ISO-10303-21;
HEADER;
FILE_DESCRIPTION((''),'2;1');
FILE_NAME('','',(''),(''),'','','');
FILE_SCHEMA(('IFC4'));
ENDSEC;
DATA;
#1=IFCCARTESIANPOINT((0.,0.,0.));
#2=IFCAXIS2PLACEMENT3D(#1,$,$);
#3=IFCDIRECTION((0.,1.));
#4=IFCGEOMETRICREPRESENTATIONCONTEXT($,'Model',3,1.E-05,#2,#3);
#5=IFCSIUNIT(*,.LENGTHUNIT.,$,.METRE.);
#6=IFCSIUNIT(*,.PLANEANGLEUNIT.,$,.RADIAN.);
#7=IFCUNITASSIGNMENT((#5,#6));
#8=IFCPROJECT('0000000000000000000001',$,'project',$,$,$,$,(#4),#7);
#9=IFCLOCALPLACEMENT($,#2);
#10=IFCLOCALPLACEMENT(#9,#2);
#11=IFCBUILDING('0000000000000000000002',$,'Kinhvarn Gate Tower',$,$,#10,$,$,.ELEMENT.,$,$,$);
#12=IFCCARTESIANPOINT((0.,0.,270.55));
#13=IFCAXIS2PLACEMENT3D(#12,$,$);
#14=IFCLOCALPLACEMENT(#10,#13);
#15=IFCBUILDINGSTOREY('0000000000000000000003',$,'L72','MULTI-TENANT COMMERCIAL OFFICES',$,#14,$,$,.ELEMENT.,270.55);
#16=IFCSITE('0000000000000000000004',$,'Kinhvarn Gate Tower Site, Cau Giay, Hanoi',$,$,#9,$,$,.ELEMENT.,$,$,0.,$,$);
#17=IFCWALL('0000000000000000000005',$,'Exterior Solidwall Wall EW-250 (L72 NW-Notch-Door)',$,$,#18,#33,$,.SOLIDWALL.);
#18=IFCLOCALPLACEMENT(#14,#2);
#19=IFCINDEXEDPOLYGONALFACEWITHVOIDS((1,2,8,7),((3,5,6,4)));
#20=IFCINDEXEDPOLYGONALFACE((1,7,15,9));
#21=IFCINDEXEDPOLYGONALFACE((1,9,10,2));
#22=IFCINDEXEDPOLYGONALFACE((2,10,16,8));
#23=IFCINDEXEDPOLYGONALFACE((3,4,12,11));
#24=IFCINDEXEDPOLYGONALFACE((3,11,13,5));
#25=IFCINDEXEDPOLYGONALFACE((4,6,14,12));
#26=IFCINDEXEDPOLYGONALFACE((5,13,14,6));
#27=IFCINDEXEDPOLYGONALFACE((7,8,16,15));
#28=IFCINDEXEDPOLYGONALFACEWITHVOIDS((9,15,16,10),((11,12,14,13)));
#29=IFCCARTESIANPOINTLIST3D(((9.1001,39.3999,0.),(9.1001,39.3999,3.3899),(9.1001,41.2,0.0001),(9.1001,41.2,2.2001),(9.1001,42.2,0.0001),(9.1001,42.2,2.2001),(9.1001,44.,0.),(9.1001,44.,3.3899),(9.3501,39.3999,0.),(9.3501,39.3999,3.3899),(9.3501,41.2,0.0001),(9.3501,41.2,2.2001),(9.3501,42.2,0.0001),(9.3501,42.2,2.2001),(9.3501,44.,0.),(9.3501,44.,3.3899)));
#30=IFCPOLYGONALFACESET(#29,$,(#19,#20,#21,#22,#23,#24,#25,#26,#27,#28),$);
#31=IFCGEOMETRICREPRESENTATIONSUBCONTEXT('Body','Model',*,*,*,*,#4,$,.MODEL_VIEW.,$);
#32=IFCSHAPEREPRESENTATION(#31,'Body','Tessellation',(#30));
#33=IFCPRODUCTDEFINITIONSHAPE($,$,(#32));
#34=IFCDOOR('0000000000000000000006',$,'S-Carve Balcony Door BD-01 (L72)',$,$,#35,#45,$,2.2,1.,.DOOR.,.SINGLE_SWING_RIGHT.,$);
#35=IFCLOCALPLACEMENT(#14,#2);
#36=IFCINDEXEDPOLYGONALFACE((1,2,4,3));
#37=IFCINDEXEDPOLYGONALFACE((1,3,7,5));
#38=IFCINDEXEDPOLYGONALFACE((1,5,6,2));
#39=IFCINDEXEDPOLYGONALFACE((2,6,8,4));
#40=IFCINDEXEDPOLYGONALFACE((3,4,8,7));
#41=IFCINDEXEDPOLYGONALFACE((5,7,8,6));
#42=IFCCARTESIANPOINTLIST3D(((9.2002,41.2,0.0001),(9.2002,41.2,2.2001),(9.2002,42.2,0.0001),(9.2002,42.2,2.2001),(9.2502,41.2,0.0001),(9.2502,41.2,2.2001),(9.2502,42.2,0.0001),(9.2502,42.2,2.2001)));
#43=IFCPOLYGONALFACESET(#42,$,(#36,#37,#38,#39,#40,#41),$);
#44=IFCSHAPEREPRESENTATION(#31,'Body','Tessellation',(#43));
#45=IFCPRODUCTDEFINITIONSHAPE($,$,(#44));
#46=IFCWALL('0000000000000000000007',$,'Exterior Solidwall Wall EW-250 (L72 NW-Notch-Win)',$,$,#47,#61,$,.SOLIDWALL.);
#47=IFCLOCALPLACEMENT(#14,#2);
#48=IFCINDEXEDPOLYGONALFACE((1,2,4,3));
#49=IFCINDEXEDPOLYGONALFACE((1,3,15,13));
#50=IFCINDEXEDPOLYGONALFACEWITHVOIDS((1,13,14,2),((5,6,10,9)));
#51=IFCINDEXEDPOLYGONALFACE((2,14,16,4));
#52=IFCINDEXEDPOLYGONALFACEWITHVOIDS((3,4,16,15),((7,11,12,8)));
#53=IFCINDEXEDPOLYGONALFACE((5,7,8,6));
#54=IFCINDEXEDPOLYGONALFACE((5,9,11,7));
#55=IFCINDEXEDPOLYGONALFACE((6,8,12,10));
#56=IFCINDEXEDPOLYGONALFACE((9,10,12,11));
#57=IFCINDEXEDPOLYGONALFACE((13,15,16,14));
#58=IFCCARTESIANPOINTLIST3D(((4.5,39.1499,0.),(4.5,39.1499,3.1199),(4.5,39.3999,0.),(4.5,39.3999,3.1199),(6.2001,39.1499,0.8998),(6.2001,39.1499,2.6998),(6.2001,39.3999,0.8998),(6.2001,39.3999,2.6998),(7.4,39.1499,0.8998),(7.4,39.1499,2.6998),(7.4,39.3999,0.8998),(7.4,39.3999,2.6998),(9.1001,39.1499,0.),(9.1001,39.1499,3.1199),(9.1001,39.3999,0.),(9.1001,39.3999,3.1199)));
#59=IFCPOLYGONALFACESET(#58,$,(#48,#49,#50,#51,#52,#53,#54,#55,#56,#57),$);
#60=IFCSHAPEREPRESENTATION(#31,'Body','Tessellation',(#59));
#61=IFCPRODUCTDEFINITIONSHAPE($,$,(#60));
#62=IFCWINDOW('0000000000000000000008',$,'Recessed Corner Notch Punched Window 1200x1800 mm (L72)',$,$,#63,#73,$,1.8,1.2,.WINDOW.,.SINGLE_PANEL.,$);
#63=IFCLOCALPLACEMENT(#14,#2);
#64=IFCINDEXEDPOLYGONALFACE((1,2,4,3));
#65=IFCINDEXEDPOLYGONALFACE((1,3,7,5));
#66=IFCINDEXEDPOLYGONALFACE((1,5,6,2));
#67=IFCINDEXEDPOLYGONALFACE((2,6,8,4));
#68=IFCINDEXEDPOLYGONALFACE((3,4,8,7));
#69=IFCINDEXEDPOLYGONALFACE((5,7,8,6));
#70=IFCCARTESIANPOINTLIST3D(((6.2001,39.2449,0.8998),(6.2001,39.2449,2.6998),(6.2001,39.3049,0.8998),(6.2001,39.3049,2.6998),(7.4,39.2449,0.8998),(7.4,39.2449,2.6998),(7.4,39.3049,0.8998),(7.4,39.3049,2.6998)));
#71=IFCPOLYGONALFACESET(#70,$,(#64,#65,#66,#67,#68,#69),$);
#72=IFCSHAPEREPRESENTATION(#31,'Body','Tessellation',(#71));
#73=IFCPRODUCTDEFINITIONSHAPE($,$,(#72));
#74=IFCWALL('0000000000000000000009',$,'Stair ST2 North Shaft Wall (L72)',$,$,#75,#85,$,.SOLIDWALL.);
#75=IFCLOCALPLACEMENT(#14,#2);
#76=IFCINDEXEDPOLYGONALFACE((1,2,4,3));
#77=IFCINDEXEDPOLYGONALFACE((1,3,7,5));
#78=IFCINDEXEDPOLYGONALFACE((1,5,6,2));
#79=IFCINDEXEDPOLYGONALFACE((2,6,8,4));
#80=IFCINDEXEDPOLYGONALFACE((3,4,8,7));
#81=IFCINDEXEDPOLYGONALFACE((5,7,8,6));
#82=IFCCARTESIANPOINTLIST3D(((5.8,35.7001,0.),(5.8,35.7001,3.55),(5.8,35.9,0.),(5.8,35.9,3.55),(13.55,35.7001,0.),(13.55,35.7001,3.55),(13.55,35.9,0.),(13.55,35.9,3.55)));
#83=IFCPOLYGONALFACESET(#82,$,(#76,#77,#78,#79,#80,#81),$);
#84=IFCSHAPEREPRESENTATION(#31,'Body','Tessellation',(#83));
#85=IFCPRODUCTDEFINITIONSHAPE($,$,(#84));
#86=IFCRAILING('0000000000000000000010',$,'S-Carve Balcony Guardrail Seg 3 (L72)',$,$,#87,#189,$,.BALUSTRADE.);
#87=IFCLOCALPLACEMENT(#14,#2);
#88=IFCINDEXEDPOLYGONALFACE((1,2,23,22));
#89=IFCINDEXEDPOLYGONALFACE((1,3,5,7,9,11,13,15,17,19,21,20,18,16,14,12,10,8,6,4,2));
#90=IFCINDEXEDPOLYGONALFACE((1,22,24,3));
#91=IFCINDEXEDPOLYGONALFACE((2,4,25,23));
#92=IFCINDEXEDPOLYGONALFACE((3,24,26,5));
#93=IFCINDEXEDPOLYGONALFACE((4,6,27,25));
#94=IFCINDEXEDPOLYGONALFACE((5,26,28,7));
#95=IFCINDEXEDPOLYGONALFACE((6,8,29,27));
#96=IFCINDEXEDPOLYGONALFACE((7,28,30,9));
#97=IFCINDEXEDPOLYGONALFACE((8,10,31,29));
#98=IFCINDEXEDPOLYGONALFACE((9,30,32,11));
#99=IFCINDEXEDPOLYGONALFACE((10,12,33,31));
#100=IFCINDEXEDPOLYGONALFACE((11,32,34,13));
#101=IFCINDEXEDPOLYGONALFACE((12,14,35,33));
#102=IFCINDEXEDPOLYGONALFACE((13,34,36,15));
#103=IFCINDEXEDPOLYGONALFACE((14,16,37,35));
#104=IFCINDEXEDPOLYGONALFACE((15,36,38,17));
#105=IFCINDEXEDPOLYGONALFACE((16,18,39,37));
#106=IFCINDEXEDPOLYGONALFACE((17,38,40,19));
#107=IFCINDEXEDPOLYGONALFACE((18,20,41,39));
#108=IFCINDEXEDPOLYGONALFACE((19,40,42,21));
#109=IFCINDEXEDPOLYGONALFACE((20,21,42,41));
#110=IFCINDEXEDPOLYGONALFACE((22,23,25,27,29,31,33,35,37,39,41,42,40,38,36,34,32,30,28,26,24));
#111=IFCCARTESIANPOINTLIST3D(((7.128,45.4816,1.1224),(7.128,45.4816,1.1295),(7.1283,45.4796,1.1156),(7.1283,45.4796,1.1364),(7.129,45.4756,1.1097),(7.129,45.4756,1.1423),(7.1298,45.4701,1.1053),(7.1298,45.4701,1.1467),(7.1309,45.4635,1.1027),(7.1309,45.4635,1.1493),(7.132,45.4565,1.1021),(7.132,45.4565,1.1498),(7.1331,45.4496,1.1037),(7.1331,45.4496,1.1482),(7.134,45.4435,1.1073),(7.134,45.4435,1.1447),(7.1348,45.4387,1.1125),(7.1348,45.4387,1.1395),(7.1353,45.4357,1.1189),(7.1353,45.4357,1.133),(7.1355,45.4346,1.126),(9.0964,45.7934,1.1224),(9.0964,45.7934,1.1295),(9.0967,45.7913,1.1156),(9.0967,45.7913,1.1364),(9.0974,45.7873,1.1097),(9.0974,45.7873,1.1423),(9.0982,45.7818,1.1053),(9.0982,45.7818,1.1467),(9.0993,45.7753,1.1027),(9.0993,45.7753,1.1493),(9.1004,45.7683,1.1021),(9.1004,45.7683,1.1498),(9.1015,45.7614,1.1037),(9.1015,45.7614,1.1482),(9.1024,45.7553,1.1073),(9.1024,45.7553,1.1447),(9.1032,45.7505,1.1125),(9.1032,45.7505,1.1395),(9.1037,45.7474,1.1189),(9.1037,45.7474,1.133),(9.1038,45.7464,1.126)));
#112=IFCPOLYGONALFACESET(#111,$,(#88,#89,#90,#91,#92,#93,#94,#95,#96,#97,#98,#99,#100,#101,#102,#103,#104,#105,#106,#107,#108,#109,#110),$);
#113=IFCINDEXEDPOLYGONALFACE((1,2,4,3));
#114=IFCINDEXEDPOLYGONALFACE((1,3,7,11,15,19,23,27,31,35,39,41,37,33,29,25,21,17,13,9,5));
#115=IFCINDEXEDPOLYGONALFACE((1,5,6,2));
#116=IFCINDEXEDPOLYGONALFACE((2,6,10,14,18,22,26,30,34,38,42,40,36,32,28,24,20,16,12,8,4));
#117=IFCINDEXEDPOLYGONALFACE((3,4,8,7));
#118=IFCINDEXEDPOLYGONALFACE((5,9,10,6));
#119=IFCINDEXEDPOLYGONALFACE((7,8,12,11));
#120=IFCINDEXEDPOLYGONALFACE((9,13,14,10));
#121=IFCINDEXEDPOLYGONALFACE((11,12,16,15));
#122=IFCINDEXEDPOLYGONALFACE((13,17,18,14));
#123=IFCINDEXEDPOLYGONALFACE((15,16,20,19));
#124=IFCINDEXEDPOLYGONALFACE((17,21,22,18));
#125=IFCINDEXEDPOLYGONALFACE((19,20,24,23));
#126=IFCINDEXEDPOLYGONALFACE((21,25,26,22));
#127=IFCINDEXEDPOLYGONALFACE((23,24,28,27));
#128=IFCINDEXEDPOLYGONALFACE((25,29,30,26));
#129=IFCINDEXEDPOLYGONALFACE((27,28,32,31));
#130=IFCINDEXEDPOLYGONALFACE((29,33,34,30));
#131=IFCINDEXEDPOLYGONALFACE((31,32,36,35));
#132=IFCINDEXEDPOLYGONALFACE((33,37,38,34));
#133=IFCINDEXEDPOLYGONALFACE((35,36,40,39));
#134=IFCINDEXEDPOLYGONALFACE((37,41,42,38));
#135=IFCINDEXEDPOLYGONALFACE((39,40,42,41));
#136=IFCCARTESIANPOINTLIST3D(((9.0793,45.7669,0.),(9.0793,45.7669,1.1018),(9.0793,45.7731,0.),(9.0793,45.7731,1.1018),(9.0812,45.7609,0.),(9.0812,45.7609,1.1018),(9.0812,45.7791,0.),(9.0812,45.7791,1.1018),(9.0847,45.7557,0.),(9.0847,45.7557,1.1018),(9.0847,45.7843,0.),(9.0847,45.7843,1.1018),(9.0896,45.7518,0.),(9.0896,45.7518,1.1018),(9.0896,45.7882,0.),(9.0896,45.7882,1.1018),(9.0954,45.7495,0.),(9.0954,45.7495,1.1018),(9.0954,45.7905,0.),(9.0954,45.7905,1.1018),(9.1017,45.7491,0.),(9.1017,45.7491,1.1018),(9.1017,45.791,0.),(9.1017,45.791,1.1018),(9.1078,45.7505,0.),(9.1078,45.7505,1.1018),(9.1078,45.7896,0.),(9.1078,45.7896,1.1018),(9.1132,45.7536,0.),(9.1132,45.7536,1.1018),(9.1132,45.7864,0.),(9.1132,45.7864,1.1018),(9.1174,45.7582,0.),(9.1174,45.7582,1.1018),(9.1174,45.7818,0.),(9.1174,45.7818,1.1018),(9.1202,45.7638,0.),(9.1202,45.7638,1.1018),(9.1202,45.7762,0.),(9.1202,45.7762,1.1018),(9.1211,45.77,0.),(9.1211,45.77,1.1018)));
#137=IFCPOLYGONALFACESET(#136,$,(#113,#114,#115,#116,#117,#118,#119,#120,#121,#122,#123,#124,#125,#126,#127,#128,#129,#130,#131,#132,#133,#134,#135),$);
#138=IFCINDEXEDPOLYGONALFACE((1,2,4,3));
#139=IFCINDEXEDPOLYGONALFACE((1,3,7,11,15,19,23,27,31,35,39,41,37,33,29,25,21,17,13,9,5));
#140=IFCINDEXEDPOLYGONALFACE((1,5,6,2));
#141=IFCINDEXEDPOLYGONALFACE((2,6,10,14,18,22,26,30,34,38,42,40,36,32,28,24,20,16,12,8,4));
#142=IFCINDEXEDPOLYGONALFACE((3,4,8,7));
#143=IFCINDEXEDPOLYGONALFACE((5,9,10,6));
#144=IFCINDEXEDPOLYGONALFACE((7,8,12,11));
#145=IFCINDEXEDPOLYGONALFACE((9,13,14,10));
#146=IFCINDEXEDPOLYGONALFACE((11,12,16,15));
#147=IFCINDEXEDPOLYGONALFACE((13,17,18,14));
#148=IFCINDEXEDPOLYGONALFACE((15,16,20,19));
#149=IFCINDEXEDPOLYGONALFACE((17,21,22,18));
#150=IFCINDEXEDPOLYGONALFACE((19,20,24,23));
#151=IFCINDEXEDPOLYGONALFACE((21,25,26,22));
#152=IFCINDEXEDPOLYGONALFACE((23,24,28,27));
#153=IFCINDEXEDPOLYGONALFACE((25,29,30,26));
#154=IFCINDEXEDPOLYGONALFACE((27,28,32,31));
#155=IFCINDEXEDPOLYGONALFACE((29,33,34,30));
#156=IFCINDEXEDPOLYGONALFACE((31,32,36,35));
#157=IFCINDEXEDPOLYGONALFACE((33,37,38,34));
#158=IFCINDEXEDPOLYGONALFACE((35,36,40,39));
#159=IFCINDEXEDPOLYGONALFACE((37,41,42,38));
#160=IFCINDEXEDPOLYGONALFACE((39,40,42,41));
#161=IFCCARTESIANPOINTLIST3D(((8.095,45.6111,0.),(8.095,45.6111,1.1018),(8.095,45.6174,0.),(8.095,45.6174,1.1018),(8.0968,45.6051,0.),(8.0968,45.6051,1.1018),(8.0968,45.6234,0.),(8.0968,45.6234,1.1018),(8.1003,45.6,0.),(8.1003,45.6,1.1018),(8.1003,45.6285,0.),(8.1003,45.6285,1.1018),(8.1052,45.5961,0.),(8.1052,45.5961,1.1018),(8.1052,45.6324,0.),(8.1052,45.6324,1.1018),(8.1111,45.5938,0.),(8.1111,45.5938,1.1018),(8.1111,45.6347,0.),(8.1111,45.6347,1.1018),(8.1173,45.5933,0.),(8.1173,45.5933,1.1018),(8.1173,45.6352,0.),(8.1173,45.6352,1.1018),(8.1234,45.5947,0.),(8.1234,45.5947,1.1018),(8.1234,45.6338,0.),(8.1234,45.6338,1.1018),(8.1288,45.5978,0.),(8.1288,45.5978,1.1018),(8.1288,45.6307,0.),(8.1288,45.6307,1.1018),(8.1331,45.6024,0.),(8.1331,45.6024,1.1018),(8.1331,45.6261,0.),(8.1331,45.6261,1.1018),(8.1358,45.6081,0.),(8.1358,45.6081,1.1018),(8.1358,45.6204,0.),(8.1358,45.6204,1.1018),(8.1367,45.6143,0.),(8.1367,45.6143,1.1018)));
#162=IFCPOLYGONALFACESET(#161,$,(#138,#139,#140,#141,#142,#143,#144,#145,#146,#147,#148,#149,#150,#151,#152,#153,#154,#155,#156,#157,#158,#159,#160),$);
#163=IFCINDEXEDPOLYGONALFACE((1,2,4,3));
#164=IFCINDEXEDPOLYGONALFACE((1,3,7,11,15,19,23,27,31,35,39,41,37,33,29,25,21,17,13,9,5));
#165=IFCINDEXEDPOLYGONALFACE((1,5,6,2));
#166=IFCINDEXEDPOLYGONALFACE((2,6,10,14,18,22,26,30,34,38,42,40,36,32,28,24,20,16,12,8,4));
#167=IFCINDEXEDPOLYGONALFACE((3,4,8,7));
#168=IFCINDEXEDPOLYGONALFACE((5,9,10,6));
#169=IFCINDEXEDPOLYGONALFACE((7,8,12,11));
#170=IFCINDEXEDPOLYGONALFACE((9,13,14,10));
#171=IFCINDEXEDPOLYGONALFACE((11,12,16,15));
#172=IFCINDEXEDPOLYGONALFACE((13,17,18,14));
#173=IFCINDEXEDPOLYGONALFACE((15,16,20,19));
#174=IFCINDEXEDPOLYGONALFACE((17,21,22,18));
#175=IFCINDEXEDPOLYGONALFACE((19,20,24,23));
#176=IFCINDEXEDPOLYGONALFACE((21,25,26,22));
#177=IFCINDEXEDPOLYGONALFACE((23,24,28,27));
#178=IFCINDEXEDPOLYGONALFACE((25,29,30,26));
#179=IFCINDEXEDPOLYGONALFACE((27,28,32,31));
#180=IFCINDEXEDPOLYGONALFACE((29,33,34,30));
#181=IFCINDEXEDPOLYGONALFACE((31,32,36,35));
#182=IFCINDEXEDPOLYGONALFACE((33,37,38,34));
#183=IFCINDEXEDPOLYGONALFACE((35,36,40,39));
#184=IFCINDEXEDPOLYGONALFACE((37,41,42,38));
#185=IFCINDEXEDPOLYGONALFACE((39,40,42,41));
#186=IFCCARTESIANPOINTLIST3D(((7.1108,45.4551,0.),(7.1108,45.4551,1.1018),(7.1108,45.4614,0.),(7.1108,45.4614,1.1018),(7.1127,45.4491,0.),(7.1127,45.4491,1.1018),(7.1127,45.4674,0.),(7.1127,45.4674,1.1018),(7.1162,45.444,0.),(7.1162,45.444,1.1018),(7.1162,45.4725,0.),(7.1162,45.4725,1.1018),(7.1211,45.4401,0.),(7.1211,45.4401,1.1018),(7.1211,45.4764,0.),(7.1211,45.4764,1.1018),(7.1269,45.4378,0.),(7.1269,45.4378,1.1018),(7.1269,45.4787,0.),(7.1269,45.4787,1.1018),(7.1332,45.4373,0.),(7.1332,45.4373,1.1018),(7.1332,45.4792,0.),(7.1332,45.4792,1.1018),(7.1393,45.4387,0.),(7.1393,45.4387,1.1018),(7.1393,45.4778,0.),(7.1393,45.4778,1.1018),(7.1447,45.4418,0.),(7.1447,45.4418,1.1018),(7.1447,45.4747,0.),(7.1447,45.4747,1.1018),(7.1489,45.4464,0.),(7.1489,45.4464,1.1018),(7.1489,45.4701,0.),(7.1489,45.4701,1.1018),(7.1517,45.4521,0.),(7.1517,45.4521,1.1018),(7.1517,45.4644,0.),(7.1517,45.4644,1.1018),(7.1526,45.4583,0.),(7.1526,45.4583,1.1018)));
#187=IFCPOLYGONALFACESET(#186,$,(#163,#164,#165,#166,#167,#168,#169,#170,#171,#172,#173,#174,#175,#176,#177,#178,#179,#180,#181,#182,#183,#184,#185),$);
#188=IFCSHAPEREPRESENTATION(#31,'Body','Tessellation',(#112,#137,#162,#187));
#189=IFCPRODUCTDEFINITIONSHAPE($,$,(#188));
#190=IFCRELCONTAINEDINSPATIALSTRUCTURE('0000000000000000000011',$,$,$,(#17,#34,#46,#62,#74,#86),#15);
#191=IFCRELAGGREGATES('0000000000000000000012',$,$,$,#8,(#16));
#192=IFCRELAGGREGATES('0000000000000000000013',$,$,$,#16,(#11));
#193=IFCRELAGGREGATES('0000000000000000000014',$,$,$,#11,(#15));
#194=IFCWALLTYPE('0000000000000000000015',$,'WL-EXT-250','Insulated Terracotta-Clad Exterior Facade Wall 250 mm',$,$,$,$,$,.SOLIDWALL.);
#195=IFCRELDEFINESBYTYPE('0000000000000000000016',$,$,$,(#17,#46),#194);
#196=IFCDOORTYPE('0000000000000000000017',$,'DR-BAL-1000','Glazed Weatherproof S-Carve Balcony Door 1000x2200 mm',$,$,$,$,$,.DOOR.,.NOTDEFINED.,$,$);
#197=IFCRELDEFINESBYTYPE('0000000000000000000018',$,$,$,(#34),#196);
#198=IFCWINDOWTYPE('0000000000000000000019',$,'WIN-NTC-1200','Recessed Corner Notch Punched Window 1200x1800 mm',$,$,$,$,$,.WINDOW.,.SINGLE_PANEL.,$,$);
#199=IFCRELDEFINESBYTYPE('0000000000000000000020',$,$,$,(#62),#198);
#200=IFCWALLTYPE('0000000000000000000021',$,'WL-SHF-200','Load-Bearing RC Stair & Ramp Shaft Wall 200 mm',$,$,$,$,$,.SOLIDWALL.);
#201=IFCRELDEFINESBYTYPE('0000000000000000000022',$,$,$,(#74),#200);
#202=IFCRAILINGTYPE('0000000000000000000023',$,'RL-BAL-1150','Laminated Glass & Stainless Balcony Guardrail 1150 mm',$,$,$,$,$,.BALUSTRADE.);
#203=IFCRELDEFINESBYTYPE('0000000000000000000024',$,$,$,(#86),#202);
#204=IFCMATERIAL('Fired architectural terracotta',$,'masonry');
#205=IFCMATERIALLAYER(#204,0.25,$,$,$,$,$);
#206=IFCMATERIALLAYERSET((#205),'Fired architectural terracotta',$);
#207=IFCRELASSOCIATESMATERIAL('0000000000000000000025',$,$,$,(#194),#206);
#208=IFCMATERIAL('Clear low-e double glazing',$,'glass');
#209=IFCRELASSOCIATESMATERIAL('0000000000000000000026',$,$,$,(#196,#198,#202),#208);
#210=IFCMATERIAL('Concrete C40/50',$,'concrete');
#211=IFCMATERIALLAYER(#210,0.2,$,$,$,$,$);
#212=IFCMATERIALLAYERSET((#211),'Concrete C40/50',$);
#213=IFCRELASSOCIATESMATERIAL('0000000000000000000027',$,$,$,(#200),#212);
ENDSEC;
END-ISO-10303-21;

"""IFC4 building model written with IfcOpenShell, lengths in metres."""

from ifc_helpers import new_model, si_unit, direction, frame, frame_2d, origin, origin_2d, place, context, subcontext, project, spatial, rectangle, circle, extrude, material, layer, layer_set, type_object, element, fill, save


model = new_model("IFC4")

# Units and contexts
model_context = context("Model", 3, precision=1e-05, world=origin(), true_north=direction((0.0, 1.0)))
body_context = subcontext(model_context, "Body", "Model", "MODEL_VIEW")
ifc_project = project(units=[si_unit("LENGTHUNIT", "METRE"), si_unit("PLANEANGLEUNIT", "RADIAN")], contexts=[model_context])

# Site, building, storey
site_placement = place(None, origin())
site = spatial("IfcSite", under=ifc_project, at=site_placement, Name="Kinhvarn Gate Tower Site, Cau Giay, Hanoi", CompositionType="ELEMENT", RefElevation=0.0)
building_placement = place(site_placement, origin())
building = spatial("IfcBuilding", under=site, at=building_placement, Name="Kinhvarn Gate Tower", CompositionType="ELEMENT")
storey_placement = place(building_placement, frame((0.0, 0.0, 270.55)))
storey = spatial("IfcBuildingStorey", under=building, at=storey_placement, Name="L72", Description="MULTI-TENANT COMMERCIAL OFFICES", CompositionType="ELEMENT", Elevation=270.55)

# Shared definitions
ifc_material_1 = material(Name="Fired architectural terracotta", Category="masonry")
ifc_layer_1 = layer(ifc_material_1, 0.25)
ifc_layer_set_1 = layer_set([ifc_layer_1], Name="Fired architectural terracotta")
wall_type_1 = type_object("IfcWallType", Name="WL-EXT-250", Description="Insulated Terracotta-Clad Exterior Facade Wall 250 mm", PredefinedType="SOLIDWALL", material=ifc_layer_set_1)

# Wall, opening, door
wall_1_placement = place(storey_placement, frame((9.2251, 44.0, 0.0), z_axis=(0.0, 0.0, 1.0), x_axis=(0.0, -1.0, 0.0)))
wall_1 = element("IfcWall", 1, at=wall_1_placement, inside=storey, type_object=wall_type_1, Name="Exterior Solidwall Wall EW-250 (L72 NW-Notch-Door)", PredefinedType="SOLIDWALL", context=body_context, shape_type="SweptSolid", body=[
    extrude(rectangle(XDim=4.6001, YDim=0.25, at=frame_2d((2.3, 0.0))), origin(), (0.0, 0.0, 1.0), 3.3899),
])
opening_1_placement = place(wall_1_placement, frame((1.8, 0.0, 0.0)))
opening_1 = element("IfcOpeningElement", 2, at=opening_1_placement, cuts=wall_1, PredefinedType="OPENING", context=body_context, shape_type="SweptSolid", body=[
    extrude(rectangle(XDim=1.0, YDim=2.2, at=frame_2d((0.5, 1.1001))), frame((0.0, 0.135, 0.0), z_axis=(0.0, -1.0, 0.0), x_axis=(1.0, 0.0, 0.0)), (0.0, 0.0, 1.0), 0.27),
])
ifc_material_2 = material(Name="Clear low-e double glazing", Category="glass")
door_type = type_object("IfcDoorType", Name="DR-BAL-1000", Description="Glazed Weatherproof S-Carve Balcony Door 1000x2200 mm", OperationType="NOTDEFINED", PredefinedType="DOOR", material=ifc_material_2)
door_placement = place(opening_1_placement, frame((1.0, 0.0, 0.0), z_axis=(0.0, 0.0, 1.0), x_axis=(-1.0, 0.0, 0.0)))
door = element("IfcDoor", 3, at=door_placement, inside=storey, type_object=door_type, Name="S-Carve Balcony Door BD-01 (L72)", OperationType="SINGLE_SWING_RIGHT", OverallHeight=2.2, OverallWidth=1.0, PredefinedType="DOOR", context=body_context, shape_type="SweptSolid", body=[
    extrude(rectangle(XDim=1.0, YDim=2.2, at=frame_2d((0.5, 1.1001))), frame((0.0, 0.0249, 0.0), z_axis=(0.0, -1.0, 0.0), x_axis=(1.0, 0.0, 0.0)), (0.0, 0.0, 1.0), 0.05),
])
fill(opening_1, door)

# Wall, opening, window
wall_2_placement = place(storey_placement, frame((9.1001, 39.2749, 0.0), z_axis=(0.0, 0.0, 1.0), x_axis=(-1.0, 0.0, 0.0)))
wall_2 = element("IfcWall", 4, at=wall_2_placement, inside=storey, type_object=wall_type_1, Name="Exterior Solidwall Wall EW-250 (L72 NW-Notch-Win)", PredefinedType="SOLIDWALL", context=body_context, shape_type="SweptSolid", body=[
    extrude(rectangle(XDim=4.6001, YDim=0.25, at=frame_2d((2.3, 0.0))), origin(), (0.0, 0.0, 1.0), 3.1199),
])
opening_2_placement = place(wall_2_placement, frame((1.7, 0.0, 0.8999)))
opening_2 = element("IfcOpeningElement", 5, at=opening_2_placement, cuts=wall_2, PredefinedType="OPENING", context=body_context, shape_type="SweptSolid", body=[
    extrude(rectangle(XDim=1.2, YDim=1.8, at=frame_2d((0.6001, 0.8999))), frame((0.0, 0.135, 0.0), z_axis=(0.0, -1.0, 0.0), x_axis=(1.0, 0.0, 0.0)), (0.0, 0.0, 1.0), 0.27),
])
window_type = type_object("IfcWindowType", Name="WIN-NTC-1200", Description="Recessed Corner Notch Punched Window 1200x1800 mm", PartitioningType="SINGLE_PANEL", PredefinedType="WINDOW", material=ifc_material_2)
window_placement = place(opening_2_placement, origin())
window = element("IfcWindow", 6, at=window_placement, inside=storey, type_object=window_type, Name="Recessed Corner Notch Punched Window 1200x1800 mm (L72)", OverallHeight=1.8, OverallWidth=1.2, PartitioningType="SINGLE_PANEL", PredefinedType="WINDOW", context=body_context, shape_type="SweptSolid", body=[
    extrude(rectangle(XDim=1.2, YDim=1.8, at=frame_2d((0.6001, 0.8999))), frame((0.0, 0.03, 0.0), z_axis=(0.0, -1.0, 0.0), x_axis=(1.0, 0.0, 0.0)), (0.0, 0.0, 1.0), 0.0601),
])
fill(opening_2, window)

# Wall
ifc_material_3 = material(Name="Concrete C40/50", Category="concrete")
ifc_layer_2 = layer(ifc_material_3, 0.2)
ifc_layer_set_2 = layer_set([ifc_layer_2], Name="Concrete C40/50")
wall_type_2 = type_object("IfcWallType", Name="WL-SHF-200", Description="Load-Bearing RC Stair & Ramp Shaft Wall 200 mm", PredefinedType="SOLIDWALL", material=ifc_layer_set_2)
wall_3_placement = place(storey_placement, frame((5.8, 35.8, 0.0), z_axis=(0.0, 0.0, 1.0), x_axis=(1.0, 0.0, 0.0)))
element("IfcWall", 7, at=wall_3_placement, inside=storey, type_object=wall_type_2, Name="Stair ST2 North Shaft Wall (L72)", PredefinedType="SOLIDWALL", context=body_context, shape_type="SweptSolid", body=[
    extrude(rectangle(XDim=7.75, YDim=0.2, at=frame_2d((3.875, 0.0))), origin(), (0.0, 0.0, 1.0), 3.55),
])

# Railing
railing_type = type_object("IfcRailingType", Name="RL-BAL-1150", Description="Laminated Glass & Stainless Balcony Guardrail 1150 mm", PredefinedType="BALUSTRADE", material=ifc_material_2)
railing_1_placement = place(storey_placement, frame((9.1001, 45.77, 0.0)))
element("IfcRailing", 8, at=railing_1_placement, inside=storey, type_object=railing_type, Name="S-Carve Balcony Guardrail Seg 3 (L72)", PredefinedType="BALUSTRADE", context=body_context, shape_type="SweptSolid", body=[
    extrude(circle(Radius=0.0239, at=origin_2d()), frame((0.0, 0.0, 1.126), z_axis=(-0.987689, -0.156428, 0.0), x_axis=(0.156428, -0.987689, 0.0)), (0.0, 0.0, 1.0), 1.9929),
    extrude(circle(Radius=0.021, at=origin_2d()), origin(), (0.0, 0.0, 1.0), 1.1018),
    extrude(circle(Radius=0.021, at=origin_2d()), frame((-0.9844, -0.1558, 0.0)), (0.0, 0.0, 1.0), 1.1018),
    extrude(circle(Radius=0.021, at=origin_2d()), frame((-1.9685, -0.3118, 0.0)), (0.0, 0.0, 1.0), 1.1018),
])

save(model, "model.ifc")
